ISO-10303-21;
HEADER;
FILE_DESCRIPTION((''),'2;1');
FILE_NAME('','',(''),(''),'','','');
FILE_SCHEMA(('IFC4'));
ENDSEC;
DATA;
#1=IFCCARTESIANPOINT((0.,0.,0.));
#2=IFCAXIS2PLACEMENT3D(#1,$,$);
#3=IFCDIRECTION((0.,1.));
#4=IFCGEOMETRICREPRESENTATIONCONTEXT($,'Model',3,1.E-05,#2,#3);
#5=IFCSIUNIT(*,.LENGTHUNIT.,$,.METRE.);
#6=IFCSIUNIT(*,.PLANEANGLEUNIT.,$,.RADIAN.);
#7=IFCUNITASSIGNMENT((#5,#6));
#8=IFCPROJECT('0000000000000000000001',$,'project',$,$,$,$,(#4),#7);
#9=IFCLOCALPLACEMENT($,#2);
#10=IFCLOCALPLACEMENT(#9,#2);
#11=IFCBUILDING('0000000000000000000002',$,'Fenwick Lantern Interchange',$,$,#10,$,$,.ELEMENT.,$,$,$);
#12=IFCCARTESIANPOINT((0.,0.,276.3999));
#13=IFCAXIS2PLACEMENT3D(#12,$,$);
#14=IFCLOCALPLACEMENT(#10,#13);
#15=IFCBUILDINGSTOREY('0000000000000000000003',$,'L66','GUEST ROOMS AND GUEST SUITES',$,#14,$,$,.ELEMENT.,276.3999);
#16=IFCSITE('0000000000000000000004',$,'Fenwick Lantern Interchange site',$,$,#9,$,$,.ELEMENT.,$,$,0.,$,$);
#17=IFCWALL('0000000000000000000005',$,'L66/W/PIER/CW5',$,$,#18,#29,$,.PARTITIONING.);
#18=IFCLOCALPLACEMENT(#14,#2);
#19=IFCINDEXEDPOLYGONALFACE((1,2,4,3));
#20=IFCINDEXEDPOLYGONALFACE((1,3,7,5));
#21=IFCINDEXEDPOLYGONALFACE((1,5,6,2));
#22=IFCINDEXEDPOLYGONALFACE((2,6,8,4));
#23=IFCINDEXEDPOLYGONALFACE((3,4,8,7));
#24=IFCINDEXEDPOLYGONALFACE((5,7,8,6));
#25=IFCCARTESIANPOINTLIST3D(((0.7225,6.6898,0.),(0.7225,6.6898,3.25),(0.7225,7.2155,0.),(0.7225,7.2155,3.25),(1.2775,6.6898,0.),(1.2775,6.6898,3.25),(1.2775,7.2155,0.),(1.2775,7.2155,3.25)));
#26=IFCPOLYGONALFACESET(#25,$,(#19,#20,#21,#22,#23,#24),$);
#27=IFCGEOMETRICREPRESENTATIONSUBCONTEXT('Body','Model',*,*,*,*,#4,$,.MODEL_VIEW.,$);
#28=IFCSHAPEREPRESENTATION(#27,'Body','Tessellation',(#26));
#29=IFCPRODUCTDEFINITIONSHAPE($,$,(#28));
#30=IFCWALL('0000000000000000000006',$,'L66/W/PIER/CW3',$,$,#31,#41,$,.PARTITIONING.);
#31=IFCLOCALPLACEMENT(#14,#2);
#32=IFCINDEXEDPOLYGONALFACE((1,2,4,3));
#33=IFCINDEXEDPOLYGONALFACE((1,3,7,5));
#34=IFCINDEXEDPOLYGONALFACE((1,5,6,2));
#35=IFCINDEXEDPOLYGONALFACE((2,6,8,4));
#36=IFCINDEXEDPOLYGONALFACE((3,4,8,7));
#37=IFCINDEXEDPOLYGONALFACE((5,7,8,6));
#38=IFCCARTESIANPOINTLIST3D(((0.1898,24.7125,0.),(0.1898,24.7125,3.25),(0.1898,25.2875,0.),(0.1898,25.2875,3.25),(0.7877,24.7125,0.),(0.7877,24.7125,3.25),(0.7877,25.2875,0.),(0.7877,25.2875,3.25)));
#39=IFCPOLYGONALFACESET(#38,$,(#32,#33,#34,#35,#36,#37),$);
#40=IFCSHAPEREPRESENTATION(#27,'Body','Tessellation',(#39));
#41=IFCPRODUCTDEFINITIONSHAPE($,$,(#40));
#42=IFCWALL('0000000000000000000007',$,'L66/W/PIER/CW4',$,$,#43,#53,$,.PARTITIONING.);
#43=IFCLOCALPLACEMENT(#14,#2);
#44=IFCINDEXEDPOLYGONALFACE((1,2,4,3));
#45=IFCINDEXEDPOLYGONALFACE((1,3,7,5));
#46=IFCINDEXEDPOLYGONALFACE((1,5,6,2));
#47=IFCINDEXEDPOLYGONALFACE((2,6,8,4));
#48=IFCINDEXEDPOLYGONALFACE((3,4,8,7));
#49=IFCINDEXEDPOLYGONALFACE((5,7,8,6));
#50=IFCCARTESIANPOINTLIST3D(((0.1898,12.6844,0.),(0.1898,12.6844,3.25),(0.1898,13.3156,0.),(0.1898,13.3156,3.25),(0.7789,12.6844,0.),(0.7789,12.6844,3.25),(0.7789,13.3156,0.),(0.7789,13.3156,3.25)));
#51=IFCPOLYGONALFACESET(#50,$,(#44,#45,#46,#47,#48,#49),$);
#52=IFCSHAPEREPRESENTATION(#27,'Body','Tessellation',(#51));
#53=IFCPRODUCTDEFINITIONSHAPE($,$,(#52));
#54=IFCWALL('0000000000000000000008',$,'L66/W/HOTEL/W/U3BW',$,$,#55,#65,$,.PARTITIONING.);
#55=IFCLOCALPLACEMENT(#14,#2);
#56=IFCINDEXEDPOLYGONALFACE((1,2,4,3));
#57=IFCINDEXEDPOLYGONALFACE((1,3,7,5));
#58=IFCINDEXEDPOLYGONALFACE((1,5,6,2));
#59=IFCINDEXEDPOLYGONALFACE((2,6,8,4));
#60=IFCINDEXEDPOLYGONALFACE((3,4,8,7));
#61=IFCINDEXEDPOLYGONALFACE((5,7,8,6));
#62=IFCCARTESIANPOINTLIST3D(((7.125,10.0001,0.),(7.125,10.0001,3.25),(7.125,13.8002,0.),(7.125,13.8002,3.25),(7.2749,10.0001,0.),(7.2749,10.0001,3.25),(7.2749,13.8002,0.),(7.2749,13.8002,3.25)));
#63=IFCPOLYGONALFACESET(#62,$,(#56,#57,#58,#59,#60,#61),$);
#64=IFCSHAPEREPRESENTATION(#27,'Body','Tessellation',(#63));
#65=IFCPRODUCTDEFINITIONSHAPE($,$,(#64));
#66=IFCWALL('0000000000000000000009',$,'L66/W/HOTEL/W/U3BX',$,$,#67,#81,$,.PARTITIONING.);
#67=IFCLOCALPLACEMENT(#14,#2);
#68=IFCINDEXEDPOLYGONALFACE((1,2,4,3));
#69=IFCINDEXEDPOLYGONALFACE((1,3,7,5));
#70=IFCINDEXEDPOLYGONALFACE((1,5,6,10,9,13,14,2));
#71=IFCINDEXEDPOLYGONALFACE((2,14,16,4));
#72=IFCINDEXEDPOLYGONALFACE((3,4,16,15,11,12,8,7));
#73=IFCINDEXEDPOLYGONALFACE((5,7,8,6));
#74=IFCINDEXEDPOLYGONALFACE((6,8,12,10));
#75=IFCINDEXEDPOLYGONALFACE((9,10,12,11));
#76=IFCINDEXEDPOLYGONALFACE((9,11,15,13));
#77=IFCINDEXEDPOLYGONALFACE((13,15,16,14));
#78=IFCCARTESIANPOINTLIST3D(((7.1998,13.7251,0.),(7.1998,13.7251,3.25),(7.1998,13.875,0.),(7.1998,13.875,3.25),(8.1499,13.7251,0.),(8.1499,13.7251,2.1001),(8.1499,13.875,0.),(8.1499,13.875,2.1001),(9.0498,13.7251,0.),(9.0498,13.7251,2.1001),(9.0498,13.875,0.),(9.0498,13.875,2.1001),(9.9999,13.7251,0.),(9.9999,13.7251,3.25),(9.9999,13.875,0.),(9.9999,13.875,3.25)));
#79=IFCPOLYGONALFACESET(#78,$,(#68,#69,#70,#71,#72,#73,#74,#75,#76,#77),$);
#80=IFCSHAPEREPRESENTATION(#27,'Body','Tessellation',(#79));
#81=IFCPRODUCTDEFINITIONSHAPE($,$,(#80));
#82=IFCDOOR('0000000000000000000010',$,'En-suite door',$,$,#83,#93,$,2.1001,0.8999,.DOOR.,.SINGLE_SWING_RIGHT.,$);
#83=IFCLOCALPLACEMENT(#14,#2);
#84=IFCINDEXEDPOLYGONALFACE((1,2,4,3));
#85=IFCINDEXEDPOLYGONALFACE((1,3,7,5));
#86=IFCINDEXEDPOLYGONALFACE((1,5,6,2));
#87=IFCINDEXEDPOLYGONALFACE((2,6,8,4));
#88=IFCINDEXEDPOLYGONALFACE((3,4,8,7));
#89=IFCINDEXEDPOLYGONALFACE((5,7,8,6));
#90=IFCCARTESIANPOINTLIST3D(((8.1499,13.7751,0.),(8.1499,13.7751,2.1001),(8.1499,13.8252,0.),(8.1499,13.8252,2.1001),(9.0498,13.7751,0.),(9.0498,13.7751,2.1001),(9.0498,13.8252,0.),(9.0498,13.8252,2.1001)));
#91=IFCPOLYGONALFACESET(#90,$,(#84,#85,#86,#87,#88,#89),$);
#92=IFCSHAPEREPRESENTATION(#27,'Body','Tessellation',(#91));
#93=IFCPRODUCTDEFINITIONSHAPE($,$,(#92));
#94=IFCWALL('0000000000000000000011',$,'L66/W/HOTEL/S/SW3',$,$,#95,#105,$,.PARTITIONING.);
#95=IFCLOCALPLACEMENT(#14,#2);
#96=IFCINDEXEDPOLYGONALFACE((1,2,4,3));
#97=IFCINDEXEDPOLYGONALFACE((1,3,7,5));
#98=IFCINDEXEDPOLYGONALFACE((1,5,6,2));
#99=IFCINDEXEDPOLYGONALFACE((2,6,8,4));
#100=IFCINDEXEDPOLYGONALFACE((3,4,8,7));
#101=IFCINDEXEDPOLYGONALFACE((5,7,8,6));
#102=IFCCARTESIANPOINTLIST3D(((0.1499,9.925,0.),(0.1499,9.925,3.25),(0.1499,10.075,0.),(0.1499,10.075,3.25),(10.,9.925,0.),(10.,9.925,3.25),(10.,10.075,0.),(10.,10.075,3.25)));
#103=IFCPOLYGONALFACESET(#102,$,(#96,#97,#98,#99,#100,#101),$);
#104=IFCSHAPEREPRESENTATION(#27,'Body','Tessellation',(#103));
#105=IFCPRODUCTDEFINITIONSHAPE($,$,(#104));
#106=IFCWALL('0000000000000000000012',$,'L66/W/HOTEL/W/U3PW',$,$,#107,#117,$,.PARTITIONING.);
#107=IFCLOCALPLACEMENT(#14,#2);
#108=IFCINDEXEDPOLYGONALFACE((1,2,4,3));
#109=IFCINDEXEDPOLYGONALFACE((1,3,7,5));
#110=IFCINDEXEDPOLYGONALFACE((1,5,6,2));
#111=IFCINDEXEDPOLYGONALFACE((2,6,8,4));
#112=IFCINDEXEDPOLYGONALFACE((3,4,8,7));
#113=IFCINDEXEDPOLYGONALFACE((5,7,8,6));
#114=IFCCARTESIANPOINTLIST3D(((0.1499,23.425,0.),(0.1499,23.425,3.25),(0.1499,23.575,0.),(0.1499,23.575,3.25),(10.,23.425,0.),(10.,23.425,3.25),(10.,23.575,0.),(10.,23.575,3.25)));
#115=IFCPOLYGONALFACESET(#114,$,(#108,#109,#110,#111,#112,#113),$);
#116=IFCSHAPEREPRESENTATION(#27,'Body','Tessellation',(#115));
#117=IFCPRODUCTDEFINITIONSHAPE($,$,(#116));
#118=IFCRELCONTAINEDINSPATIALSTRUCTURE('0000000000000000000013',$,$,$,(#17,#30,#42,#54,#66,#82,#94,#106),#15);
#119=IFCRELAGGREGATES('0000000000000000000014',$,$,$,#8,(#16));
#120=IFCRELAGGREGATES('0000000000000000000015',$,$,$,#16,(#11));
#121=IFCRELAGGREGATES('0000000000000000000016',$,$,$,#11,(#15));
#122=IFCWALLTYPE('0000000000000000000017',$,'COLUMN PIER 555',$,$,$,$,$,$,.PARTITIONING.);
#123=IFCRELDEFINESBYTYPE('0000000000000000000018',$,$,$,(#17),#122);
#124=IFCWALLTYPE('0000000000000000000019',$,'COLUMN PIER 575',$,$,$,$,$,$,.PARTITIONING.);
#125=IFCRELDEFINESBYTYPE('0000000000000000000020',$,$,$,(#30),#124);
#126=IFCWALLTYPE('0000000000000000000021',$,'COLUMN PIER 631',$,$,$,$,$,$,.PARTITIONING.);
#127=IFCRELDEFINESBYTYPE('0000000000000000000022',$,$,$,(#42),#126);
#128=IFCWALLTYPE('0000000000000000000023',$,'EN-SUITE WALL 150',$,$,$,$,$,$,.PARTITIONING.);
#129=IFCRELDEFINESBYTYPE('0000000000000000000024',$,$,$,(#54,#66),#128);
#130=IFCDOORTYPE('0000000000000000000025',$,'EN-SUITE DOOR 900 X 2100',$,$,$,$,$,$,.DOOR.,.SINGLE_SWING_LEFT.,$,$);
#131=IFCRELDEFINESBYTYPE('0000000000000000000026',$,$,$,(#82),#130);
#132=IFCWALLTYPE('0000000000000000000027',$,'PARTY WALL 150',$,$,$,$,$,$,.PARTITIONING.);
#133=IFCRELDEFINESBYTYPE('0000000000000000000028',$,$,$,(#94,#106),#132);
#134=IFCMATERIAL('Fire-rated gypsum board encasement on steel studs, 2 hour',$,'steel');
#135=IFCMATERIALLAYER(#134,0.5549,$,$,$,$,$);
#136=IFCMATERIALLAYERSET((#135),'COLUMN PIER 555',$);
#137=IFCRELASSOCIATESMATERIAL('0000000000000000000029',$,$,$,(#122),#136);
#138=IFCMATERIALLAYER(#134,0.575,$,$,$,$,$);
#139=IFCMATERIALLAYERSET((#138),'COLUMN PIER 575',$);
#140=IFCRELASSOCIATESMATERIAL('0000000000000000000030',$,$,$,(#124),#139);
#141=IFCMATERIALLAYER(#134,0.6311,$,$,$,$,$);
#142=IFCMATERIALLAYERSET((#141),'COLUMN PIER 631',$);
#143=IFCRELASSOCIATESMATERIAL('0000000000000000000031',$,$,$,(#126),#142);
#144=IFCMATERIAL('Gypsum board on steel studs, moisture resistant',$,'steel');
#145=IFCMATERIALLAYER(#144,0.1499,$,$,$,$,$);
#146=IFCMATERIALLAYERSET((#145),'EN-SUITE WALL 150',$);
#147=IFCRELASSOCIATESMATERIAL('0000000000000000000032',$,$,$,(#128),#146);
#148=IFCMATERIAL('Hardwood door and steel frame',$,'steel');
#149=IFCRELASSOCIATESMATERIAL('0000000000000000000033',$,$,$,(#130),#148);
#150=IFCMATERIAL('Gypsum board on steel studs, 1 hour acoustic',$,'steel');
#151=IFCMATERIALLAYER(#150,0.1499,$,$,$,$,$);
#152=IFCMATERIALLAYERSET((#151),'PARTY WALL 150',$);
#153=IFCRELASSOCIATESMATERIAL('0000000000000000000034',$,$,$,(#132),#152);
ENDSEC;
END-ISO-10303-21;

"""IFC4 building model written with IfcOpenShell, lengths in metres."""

from ifc_helpers import new_model, si_unit, direction, frame, frame_2d, origin, place, context, subcontext, project, spatial, rectangle, extrude, material, layer, layer_set, type_object, element, fill, save


model = new_model("IFC4")

# Units and contexts
model_context = context("Model", 3, precision=1e-05, world=origin(), true_north=direction((0.0, 1.0)))
body_context = subcontext(model_context, "Body", "Model", "MODEL_VIEW")
ifc_project = project(units=[si_unit("LENGTHUNIT", "METRE"), si_unit("PLANEANGLEUNIT", "RADIAN")], contexts=[model_context])

# Site, building, storey
site_placement = place(None, origin())
site = spatial("IfcSite", under=ifc_project, at=site_placement, Name="Fenwick Lantern Interchange site", CompositionType="ELEMENT", RefElevation=0.0)
building_placement = place(site_placement, origin())
building = spatial("IfcBuilding", under=site, at=building_placement, Name="Fenwick Lantern Interchange", CompositionType="ELEMENT")
storey_placement = place(building_placement, frame((0.0, 0.0, 276.3999)))
storey = spatial("IfcBuildingStorey", under=building, at=storey_placement, Name="L66", Description="GUEST ROOMS AND GUEST SUITES", CompositionType="ELEMENT", Elevation=276.3999)

# Walls
ifc_material_1 = material(Name="Fire-rated gypsum board encasement on steel studs, 2 hour", Category="steel")
ifc_layer_1 = layer(ifc_material_1, 0.5549)
ifc_layer_set_1 = layer_set([ifc_layer_1], Name="COLUMN PIER 555")
wall_type_1 = type_object("IfcWallType", Name="COLUMN PIER 555", PredefinedType="PARTITIONING", material=ifc_layer_set_1)
wall_1_placement = place(storey_placement, frame((1.0, 6.6899, 0.0), z_axis=(0.0, 0.0, 1.0), x_axis=(0.0, 1.0, 0.0)))
element("IfcWall", 1, at=wall_1_placement, inside=storey, type_object=wall_type_1, Name="L66/W/PIER/CW5", PredefinedType="PARTITIONING", context=body_context, shape_type="SweptSolid", body=[
    extrude(rectangle(XDim=0.5256, YDim=0.5549, at=frame_2d((0.2627, 0.0))), origin(), (0.0, 0.0, 1.0), 3.25),
])
ifc_layer_2 = layer(ifc_material_1, 0.575)
ifc_layer_set_2 = layer_set([ifc_layer_2], Name="COLUMN PIER 575")
wall_type_2 = type_object("IfcWallType", Name="COLUMN PIER 575", PredefinedType="PARTITIONING", material=ifc_layer_set_2)
wall_2_placement = place(storey_placement, frame((0.1899, 25.0, 0.0), z_axis=(0.0, 0.0, 1.0), x_axis=(1.0, 0.0, 0.0)))
element("IfcWall", 2, at=wall_2_placement, inside=storey, type_object=wall_type_2, Name="L66/W/PIER/CW3", PredefinedType="PARTITIONING", context=body_context, shape_type="SweptSolid", body=[
    extrude(rectangle(XDim=0.5979, YDim=0.575, at=frame_2d((0.2988, 0.0))), origin(), (0.0, 0.0, 1.0), 3.25),
])
ifc_layer_3 = layer(ifc_material_1, 0.6311)
ifc_layer_set_3 = layer_set([ifc_layer_3], Name="COLUMN PIER 631")
wall_type_3 = type_object("IfcWallType", Name="COLUMN PIER 631", PredefinedType="PARTITIONING", material=ifc_layer_set_3)
wall_3_placement = place(storey_placement, frame((0.1899, 13.0, 0.0), z_axis=(0.0, 0.0, 1.0), x_axis=(1.0, 0.0, 0.0)))
element("IfcWall", 3, at=wall_3_placement, inside=storey, type_object=wall_type_3, Name="L66/W/PIER/CW4", PredefinedType="PARTITIONING", context=body_context, shape_type="SweptSolid", body=[
    extrude(rectangle(XDim=0.5891, YDim=0.6311, at=frame_2d((0.2944, 0.0))), origin(), (0.0, 0.0, 1.0), 3.25),
])
ifc_material_2 = material(Name="Gypsum board on steel studs, moisture resistant", Category="steel")
ifc_layer_4 = layer(ifc_material_2, 0.1499)
ifc_layer_set_4 = layer_set([ifc_layer_4], Name="EN-SUITE WALL 150")
wall_type_4 = type_object("IfcWallType", Name="EN-SUITE WALL 150", PredefinedType="PARTITIONING", material=ifc_layer_set_4)
wall_4_placement = place(storey_placement, frame((7.2, 13.8, 0.0), z_axis=(0.0, 0.0, 1.0), x_axis=(0.0, -1.0, 0.0)))
element("IfcWall", 4, at=wall_4_placement, inside=storey, type_object=wall_type_4, Name="L66/W/HOTEL/W/U3BW", PredefinedType="PARTITIONING", context=body_context, shape_type="SweptSolid", body=[
    extrude(rectangle(XDim=3.8, YDim=0.1499, at=frame_2d((1.8999, 0.0))), origin(), (0.0, 0.0, 1.0), 3.25),
])

# Wall, opening, door
wall_5_placement = place(storey_placement, frame((7.2, 13.8, 0.0), z_axis=(0.0, 0.0, 1.0), x_axis=(1.0, 0.0, 0.0)))
wall_5 = element("IfcWall", 5, at=wall_5_placement, inside=storey, type_object=wall_type_4, Name="L66/W/HOTEL/W/U3BX", PredefinedType="PARTITIONING", context=body_context, shape_type="SweptSolid", body=[
    extrude(rectangle(XDim=2.8, YDim=0.1499, at=frame_2d((1.3999, 0.0))), origin(), (0.0, 0.0, 1.0), 3.25),
])
opening_placement = place(wall_5_placement, frame((0.95, 0.0, 0.0)))
opening = element("IfcOpeningElement", 6, at=opening_placement, cuts=wall_5, PredefinedType="OPENING", context=body_context, shape_type="SweptSolid", body=[
    extrude(rectangle(XDim=0.8999, YDim=2.1001, at=frame_2d((0.45, 1.05))), frame((0.0, 0.085, 0.0), z_axis=(0.0, -1.0, 0.0), x_axis=(1.0, 0.0, 0.0)), (0.0, 0.0, 1.0), 0.1699),
])
ifc_material_3 = material(Name="Hardwood door and steel frame", Category="steel")
door_type = type_object("IfcDoorType", Name="EN-SUITE DOOR 900 X 2100", OperationType="SINGLE_SWING_LEFT", PredefinedType="DOOR", material=ifc_material_3)
door_placement = place(opening_placement, frame((0.8999, 0.0, 0.0), z_axis=(0.0, 0.0, 1.0), x_axis=(-1.0, 0.0, 0.0)))
door = element("IfcDoor", 7, at=door_placement, inside=storey, type_object=door_type, Name="En-suite door", OperationType="SINGLE_SWING_RIGHT", OverallHeight=2.1001, OverallWidth=0.8999, PredefinedType="DOOR", context=body_context, shape_type="SweptSolid", body=[
    extrude(rectangle(XDim=0.8999, YDim=2.1001, at=frame_2d((0.45, 1.05))), frame((0.0, 0.0249, 0.0), z_axis=(0.0, -1.0, 0.0), x_axis=(1.0, 0.0, 0.0)), (0.0, 0.0, 1.0), 0.05),
])
fill(opening, door)

# Walls
ifc_material_4 = material(Name="Gypsum board on steel studs, 1 hour acoustic", Category="steel")
ifc_layer_5 = layer(ifc_material_4, 0.1499)
ifc_layer_set_5 = layer_set([ifc_layer_5], Name="PARTY WALL 150")
wall_type_5 = type_object("IfcWallType", Name="PARTY WALL 150", PredefinedType="PARTITIONING", material=ifc_layer_set_5)
for number, where, z_axis, x_axis, name in (
    (8, (0.1499, 10.0, 0.0), (0.0, 0.0, 1.0), (1.0, 0.0, 0.0), "L66/W/HOTEL/S/SW3"),
    (9, (0.1499, 23.5, 0.0), (0.0, 0.0, 1.0), (1.0, 0.0, 0.0), "L66/W/HOTEL/W/U3PW"),
):
    element("IfcWall", number, at=place(storey_placement, frame(where, z_axis=z_axis, x_axis=x_axis)), inside=storey, type_object=wall_type_5, Name=name, PredefinedType="PARTITIONING", context=body_context, shape_type="SweptSolid", body=[
        extrude(rectangle(XDim=9.8501, YDim=0.1499, at=frame_2d((4.925, 0.0))), origin(), (0.0, 0.0, 1.0), 3.25),
    ])

save(model, "model.ifc")
